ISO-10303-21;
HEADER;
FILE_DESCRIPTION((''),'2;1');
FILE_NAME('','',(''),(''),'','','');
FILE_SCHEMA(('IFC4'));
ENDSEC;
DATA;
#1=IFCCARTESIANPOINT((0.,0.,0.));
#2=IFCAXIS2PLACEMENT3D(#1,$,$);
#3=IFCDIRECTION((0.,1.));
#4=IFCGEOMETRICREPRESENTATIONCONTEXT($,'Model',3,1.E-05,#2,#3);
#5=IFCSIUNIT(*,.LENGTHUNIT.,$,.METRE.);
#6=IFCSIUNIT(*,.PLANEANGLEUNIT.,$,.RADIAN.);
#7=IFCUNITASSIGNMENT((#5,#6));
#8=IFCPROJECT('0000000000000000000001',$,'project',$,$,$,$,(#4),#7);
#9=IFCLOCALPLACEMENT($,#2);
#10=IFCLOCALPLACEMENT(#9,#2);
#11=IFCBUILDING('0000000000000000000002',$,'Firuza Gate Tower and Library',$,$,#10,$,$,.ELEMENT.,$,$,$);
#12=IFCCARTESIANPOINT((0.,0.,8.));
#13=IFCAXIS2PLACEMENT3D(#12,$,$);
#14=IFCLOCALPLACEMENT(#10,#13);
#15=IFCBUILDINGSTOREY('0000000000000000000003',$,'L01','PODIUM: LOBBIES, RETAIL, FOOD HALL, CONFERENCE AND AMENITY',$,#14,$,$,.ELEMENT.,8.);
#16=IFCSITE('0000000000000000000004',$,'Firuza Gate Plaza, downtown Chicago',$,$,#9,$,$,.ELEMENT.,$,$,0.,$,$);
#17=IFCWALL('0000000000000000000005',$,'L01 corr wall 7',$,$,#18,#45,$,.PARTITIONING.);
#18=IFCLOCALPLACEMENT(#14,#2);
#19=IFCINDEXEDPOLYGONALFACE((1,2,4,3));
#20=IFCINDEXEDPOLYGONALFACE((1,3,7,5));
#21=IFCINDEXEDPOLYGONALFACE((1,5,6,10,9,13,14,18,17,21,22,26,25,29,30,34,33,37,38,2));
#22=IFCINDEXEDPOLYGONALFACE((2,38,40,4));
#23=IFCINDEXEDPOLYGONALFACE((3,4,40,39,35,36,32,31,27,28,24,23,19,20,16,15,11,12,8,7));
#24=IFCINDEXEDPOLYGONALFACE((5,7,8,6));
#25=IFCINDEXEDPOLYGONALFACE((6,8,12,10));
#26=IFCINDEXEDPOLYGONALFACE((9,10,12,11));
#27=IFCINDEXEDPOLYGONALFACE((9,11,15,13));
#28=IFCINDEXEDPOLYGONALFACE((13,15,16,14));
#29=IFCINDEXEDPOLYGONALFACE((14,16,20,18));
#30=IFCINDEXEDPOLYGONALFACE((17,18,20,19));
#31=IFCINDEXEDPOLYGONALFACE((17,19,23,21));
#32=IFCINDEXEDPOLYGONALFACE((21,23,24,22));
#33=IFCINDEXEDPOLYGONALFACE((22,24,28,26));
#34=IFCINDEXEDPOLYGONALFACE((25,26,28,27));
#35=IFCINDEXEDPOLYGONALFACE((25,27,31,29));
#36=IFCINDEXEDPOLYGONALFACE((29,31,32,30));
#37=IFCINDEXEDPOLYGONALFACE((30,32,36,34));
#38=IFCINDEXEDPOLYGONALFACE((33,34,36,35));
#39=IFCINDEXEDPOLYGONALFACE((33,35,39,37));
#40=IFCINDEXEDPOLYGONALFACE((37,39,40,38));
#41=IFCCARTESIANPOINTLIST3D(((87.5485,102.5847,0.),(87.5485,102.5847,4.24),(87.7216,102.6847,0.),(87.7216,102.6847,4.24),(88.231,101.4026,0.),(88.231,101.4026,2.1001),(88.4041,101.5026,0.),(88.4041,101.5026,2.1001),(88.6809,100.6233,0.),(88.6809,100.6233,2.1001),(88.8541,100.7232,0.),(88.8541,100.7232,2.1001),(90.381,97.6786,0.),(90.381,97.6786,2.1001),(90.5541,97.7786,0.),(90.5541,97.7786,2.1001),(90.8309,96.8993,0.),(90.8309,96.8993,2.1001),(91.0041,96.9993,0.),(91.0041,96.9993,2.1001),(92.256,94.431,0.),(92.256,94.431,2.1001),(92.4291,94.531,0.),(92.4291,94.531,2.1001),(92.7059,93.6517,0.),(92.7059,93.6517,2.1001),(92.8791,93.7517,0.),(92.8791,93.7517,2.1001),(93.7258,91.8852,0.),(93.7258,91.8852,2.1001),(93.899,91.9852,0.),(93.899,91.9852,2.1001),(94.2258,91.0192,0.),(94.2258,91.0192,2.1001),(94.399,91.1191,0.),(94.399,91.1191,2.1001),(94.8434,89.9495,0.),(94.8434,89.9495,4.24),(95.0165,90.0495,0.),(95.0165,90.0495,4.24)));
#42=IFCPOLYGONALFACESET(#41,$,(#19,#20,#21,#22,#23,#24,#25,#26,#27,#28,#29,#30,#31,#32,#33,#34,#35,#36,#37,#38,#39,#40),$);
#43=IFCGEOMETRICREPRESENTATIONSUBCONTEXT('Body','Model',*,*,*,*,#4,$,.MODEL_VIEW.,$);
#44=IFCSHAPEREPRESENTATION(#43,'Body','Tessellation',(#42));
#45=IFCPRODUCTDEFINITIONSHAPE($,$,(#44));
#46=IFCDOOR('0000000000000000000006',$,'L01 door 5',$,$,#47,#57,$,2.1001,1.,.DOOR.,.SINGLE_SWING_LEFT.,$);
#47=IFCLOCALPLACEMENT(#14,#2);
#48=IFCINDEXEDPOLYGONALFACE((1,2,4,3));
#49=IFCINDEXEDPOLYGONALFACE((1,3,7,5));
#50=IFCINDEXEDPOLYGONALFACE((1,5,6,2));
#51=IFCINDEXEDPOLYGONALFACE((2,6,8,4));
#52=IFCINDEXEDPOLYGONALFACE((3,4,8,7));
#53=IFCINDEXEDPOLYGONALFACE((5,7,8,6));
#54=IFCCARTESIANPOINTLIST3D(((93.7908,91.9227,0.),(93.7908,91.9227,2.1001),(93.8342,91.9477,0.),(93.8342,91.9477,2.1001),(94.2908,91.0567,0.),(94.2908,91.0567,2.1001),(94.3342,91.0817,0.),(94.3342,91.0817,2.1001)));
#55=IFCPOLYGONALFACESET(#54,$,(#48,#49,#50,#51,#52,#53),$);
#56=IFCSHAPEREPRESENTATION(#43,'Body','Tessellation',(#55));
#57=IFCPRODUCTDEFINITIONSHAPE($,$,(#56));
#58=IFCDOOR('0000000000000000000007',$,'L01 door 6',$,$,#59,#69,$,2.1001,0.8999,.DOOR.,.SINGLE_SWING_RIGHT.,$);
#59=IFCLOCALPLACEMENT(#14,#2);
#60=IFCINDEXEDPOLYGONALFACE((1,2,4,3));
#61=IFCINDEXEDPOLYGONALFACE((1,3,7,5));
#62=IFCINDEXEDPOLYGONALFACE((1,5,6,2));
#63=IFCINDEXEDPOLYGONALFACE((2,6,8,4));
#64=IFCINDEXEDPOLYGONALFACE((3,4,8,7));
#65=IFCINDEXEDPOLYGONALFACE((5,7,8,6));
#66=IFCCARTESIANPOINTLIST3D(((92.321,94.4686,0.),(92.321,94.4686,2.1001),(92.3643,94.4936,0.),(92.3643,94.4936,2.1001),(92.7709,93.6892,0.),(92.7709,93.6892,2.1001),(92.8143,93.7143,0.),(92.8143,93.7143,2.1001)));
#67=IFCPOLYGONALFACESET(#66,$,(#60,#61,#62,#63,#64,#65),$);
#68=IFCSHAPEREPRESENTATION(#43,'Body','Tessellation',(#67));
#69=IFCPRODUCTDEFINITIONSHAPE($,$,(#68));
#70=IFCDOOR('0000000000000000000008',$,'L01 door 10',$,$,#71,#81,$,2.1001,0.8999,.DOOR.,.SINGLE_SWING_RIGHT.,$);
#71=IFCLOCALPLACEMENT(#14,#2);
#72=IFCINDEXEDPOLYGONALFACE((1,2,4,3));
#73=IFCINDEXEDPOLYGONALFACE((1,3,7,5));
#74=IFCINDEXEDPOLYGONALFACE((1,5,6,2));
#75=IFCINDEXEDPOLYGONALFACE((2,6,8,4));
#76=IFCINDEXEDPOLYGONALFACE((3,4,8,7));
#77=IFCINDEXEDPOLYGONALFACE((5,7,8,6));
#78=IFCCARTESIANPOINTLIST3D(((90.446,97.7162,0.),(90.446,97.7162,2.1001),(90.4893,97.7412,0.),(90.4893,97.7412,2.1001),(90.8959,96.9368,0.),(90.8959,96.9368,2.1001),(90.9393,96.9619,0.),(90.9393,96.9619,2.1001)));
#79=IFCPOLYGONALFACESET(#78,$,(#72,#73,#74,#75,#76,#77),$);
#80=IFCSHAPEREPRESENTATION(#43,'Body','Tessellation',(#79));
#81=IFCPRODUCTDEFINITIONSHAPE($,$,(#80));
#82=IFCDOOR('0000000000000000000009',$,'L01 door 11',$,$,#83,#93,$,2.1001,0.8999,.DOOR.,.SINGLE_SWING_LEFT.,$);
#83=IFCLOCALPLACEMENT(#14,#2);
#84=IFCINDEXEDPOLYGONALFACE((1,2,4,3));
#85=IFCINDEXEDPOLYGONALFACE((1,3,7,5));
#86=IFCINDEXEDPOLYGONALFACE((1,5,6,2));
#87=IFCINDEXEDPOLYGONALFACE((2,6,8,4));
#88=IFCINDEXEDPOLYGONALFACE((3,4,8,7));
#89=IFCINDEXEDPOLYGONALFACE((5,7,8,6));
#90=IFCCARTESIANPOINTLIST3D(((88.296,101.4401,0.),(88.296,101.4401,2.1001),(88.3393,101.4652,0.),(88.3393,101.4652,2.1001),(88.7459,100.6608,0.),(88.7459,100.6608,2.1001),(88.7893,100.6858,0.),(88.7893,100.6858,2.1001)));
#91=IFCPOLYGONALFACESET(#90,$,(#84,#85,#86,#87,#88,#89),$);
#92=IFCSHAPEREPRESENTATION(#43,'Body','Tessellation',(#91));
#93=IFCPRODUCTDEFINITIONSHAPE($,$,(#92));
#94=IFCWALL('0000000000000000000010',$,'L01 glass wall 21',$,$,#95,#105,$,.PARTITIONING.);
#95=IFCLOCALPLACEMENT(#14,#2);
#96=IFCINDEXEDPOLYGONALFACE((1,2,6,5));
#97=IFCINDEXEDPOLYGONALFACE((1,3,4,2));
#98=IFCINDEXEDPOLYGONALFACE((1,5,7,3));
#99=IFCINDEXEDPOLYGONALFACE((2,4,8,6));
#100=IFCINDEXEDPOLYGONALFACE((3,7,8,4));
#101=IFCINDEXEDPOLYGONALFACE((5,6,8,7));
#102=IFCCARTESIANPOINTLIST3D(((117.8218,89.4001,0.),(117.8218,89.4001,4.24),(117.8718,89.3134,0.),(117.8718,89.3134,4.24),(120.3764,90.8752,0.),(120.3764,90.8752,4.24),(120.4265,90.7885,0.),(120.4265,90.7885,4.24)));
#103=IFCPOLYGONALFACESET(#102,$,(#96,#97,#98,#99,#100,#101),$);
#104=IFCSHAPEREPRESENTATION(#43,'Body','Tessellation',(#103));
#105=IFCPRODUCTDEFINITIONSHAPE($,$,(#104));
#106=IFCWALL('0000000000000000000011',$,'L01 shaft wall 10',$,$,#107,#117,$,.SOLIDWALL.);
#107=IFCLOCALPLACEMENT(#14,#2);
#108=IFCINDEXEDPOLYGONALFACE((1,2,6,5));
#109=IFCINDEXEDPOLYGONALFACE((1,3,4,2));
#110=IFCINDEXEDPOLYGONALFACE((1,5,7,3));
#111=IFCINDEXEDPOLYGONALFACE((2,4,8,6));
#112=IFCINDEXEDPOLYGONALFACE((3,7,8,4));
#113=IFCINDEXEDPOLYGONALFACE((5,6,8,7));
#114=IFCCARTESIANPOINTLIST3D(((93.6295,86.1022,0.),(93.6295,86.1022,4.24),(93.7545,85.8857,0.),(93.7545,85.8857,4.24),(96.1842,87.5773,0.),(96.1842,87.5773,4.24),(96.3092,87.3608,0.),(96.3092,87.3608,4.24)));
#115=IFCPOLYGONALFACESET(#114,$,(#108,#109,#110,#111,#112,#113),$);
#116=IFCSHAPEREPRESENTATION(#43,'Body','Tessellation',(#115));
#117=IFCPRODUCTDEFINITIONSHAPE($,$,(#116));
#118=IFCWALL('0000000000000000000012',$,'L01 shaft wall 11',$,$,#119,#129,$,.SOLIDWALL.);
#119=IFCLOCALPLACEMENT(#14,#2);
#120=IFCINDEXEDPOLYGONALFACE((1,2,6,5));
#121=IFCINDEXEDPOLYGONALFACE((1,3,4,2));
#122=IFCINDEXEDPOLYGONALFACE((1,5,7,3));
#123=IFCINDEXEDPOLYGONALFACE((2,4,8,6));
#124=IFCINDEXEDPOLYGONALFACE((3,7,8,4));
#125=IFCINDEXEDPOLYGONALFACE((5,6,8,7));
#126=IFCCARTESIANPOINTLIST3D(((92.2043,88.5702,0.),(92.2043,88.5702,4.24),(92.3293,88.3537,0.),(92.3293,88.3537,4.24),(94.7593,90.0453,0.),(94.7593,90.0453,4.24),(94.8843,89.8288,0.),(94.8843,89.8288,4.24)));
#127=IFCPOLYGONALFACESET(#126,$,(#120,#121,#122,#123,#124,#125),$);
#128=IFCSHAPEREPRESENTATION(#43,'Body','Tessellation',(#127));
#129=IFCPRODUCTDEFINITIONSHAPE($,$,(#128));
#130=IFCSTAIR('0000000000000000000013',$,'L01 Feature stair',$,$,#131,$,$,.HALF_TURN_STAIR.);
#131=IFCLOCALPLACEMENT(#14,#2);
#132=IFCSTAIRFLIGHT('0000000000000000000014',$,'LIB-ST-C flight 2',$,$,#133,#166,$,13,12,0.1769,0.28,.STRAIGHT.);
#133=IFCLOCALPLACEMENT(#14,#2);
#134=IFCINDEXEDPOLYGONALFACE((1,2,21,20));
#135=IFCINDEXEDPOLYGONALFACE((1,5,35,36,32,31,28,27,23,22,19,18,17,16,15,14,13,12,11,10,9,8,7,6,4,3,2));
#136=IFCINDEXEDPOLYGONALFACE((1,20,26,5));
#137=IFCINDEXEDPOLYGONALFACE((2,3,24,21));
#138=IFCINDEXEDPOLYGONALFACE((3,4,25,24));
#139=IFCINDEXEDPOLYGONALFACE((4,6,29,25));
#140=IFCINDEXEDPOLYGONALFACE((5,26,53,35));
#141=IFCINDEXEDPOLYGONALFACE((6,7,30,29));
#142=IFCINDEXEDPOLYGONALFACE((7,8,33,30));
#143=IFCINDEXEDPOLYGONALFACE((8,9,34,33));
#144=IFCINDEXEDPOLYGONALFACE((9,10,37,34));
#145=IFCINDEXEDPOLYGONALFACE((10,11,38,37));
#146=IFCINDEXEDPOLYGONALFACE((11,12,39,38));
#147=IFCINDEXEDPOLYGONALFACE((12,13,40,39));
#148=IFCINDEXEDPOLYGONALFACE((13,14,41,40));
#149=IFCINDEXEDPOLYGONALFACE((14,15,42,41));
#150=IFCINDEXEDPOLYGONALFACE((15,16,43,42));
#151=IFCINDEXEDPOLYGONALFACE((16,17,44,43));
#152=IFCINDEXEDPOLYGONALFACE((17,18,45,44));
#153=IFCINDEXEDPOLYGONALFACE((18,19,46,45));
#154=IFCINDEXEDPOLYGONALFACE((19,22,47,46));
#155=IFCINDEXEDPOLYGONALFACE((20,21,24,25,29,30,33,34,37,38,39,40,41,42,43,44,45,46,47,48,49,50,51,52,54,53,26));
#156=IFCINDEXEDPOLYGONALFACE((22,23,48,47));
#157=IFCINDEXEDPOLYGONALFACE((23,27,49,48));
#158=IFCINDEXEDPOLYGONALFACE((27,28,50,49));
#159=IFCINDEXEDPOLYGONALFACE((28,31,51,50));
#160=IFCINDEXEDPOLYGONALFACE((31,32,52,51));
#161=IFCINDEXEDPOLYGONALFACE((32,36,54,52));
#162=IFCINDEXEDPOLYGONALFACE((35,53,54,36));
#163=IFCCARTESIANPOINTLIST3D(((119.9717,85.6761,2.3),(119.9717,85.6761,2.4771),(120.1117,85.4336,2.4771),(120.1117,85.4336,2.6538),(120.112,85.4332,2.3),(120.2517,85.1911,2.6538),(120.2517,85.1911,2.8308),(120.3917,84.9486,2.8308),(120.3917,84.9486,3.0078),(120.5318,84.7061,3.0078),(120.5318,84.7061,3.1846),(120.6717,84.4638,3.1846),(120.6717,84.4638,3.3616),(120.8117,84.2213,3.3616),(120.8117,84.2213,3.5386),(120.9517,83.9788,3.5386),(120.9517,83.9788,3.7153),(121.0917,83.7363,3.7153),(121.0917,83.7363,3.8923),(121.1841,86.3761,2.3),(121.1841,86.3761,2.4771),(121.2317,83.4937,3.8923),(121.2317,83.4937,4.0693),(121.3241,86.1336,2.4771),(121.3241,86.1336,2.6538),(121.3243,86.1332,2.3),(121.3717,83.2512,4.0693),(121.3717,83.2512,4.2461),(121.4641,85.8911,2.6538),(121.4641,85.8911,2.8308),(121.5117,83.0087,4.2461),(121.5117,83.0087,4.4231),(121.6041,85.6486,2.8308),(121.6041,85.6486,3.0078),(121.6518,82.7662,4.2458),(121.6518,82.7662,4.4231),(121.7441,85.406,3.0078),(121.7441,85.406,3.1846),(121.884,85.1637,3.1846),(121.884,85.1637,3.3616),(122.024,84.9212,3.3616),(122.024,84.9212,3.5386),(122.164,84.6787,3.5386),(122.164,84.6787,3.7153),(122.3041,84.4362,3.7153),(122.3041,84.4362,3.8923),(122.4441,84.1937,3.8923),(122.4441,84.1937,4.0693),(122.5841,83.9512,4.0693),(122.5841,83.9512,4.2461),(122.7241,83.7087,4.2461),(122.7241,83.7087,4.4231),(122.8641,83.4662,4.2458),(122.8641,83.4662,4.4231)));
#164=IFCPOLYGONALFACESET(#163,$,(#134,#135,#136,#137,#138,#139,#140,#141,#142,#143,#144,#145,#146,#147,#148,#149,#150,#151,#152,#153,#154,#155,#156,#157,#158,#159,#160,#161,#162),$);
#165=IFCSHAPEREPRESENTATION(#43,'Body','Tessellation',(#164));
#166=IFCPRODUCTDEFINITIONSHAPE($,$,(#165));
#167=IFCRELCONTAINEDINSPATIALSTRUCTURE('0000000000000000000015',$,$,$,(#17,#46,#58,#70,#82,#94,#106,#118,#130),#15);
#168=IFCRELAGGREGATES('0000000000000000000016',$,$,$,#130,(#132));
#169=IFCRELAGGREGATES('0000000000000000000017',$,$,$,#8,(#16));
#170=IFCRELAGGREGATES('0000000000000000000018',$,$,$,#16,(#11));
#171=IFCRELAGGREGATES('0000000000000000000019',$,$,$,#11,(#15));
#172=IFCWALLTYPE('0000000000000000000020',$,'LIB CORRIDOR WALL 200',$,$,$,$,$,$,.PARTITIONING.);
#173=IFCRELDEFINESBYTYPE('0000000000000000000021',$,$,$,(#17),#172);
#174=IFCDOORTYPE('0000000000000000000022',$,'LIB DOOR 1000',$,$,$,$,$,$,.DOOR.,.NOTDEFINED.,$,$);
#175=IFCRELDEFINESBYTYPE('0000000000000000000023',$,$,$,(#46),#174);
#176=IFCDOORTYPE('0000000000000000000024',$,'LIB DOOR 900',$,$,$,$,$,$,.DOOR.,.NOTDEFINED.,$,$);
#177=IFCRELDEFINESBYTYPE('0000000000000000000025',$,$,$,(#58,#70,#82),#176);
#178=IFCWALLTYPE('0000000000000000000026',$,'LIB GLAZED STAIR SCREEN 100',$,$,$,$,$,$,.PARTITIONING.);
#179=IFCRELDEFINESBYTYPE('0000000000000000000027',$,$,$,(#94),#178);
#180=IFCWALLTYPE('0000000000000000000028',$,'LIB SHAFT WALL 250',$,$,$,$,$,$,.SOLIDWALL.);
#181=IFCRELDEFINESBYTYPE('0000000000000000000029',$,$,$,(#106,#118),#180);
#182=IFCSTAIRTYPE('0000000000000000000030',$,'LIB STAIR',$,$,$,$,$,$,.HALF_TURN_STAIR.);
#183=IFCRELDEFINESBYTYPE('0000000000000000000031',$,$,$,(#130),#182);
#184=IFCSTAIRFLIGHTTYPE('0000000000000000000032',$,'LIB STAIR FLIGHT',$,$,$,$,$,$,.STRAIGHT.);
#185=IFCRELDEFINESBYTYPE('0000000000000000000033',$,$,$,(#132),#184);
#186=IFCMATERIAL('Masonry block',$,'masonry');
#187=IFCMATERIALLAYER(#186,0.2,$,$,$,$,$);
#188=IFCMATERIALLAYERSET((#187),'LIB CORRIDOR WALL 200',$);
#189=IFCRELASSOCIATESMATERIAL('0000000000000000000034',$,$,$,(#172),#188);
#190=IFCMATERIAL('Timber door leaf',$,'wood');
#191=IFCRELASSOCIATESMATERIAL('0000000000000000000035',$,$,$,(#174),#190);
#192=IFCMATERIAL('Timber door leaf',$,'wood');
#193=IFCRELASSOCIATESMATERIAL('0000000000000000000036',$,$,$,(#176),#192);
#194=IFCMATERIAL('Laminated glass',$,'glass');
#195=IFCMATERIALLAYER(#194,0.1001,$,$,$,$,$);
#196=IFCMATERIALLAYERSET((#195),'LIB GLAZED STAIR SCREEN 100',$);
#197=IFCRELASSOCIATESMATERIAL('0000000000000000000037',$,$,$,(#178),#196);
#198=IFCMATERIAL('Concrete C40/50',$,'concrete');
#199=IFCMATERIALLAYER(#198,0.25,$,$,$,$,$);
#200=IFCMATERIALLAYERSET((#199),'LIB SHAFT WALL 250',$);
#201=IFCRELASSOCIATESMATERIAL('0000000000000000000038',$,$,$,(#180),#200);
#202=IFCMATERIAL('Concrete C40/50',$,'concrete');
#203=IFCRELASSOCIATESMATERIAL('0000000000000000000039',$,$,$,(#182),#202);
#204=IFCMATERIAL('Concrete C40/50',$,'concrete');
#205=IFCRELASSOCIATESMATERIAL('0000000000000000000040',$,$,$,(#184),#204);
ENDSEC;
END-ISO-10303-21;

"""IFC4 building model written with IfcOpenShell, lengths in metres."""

from ifc_helpers import new_model, si_unit, direction, frame, frame_2d, origin, place, context, subcontext, project, spatial, polyline, rectangle, outline, extrude, material, layer, layer_set, type_object, element, fill, aggregate, save


model = new_model("IFC4")

# Units and contexts
model_context = context("Model", 3, precision=1e-05, world=origin(), true_north=direction((0.0, 1.0)))
body_context = subcontext(model_context, "Body", "Model", "MODEL_VIEW")
ifc_project = project(units=[si_unit("LENGTHUNIT", "METRE"), si_unit("PLANEANGLEUNIT", "RADIAN")], contexts=[model_context])

# Site, building, storey
site_placement = place(None, origin())
site = spatial("IfcSite", under=ifc_project, at=site_placement, Name="Firuza Gate Plaza, downtown Chicago", CompositionType="ELEMENT", RefElevation=0.0)
building_placement = place(site_placement, origin())
building = spatial("IfcBuilding", under=site, at=building_placement, Name="Firuza Gate Tower and Library", CompositionType="ELEMENT")
storey_placement = place(building_placement, frame((0.0, 0.0, 8.0)))
storey = spatial("IfcBuildingStorey", under=building, at=storey_placement, Name="L01", Description="PODIUM: LOBBIES, RETAIL, FOOD HALL, CONFERENCE AND AMENITY", CompositionType="ELEMENT", Elevation=8.0)

# Shared definitions
placement = place(storey_placement, origin())

# Wall, openings, doors
ifc_material_1 = material(Name="Masonry block", Category="masonry")
ifc_layer_1 = layer(ifc_material_1, 0.2)
ifc_layer_set_1 = layer_set([ifc_layer_1], Name="LIB CORRIDOR WALL 200")
wall_type_1 = type_object("IfcWallType", Name="LIB CORRIDOR WALL 200", PredefinedType="PARTITIONING", material=ifc_layer_set_1)
wall_1_placement = place(storey_placement, frame((94.9299, 89.9995, 0.0), z_axis=(0.0, 0.0, 1.0), x_axis=(-0.499998, 0.866027, 0.0)))
wall_1 = element("IfcWall", 1, at=wall_1_placement, inside=storey, type_object=wall_type_1, Name="L01 corr wall 7", PredefinedType="PARTITIONING", context=body_context, shape_type="SweptSolid", body=[
    extrude(rectangle(XDim=14.5898, YDim=0.2, at=frame_2d((7.2949, 0.0))), origin(), (0.0, 0.0, 1.0), 4.24),
])
opening_1_placement = place(wall_1_placement, frame((1.2351, 0.0, 0.0)))
opening_1 = element("IfcOpeningElement", 2, at=opening_1_placement, cuts=wall_1, PredefinedType="OPENING", context=body_context, shape_type="SweptSolid", body=[
    extrude(rectangle(XDim=1.0, YDim=2.1001, at=frame_2d((0.5, 1.05))), frame((0.0, 0.1099, 0.0), z_axis=(0.0, -1.0, 0.0), x_axis=(1.0, 0.0, 0.0)), (0.0, 0.0, 1.0), 0.22),
])
opening_2_placement = place(wall_1_placement, frame((4.2749, 0.0, 0.0)))
opening_2 = element("IfcOpeningElement", 3, at=opening_2_placement, cuts=wall_1, PredefinedType="OPENING", context=body_context, shape_type="SweptSolid", body=[
    extrude(rectangle(XDim=0.8999, YDim=2.1001, at=frame_2d((0.45, 1.05))), frame((0.0, 0.1099, 0.0), z_axis=(0.0, -1.0, 0.0), x_axis=(1.0, 0.0, 0.0)), (0.0, 0.0, 1.0), 0.22),
])
opening_3_placement = place(wall_1_placement, frame((8.0249, 0.0, 0.0)))
opening_3 = element("IfcOpeningElement", 4, at=opening_3_placement, cuts=wall_1, PredefinedType="OPENING", context=body_context, shape_type="SweptSolid", body=[
    extrude(rectangle(XDim=0.8999, YDim=2.1001, at=frame_2d((0.45, 1.05))), frame((0.0, 0.1099, 0.0), z_axis=(0.0, -1.0, 0.0), x_axis=(1.0, 0.0, 0.0)), (0.0, 0.0, 1.0), 0.22),
])
opening_4_placement = place(wall_1_placement, frame((12.325, 0.0, 0.0)))
opening_4 = element("IfcOpeningElement", 5, at=opening_4_placement, cuts=wall_1, PredefinedType="OPENING", context=body_context, shape_type="SweptSolid", body=[
    extrude(rectangle(XDim=0.8999, YDim=2.1001, at=frame_2d((0.45, 1.05))), frame((0.0, 0.1099, 0.0), z_axis=(0.0, -1.0, 0.0), x_axis=(1.0, 0.0, 0.0)), (0.0, 0.0, 1.0), 0.22),
])
ifc_material_2 = material(Name="Timber door leaf", Category="wood")
door_type_1 = type_object("IfcDoorType", Name="LIB DOOR 1000", OperationType="NOTDEFINED", PredefinedType="DOOR", material=ifc_material_2)
door_1_placement = place(opening_1_placement, origin())
door_1 = element("IfcDoor", 6, at=door_1_placement, inside=storey, type_object=door_type_1, Name="L01 door 5", OperationType="SINGLE_SWING_LEFT", OverallHeight=2.1001, OverallWidth=1.0, PredefinedType="DOOR", context=body_context, shape_type="SweptSolid", body=[
    extrude(rectangle(XDim=1.0, YDim=2.1001, at=frame_2d((0.5, 1.05))), frame((0.0, 0.0249, 0.0), z_axis=(0.0, -1.0, 0.0), x_axis=(1.0, 0.0, 0.0)), (0.0, 0.0, 1.0), 0.05),
])
fill(opening_1, door_1)
ifc_material_3 = material(Name="Timber door leaf", Category="wood")
door_type_2 = type_object("IfcDoorType", Name="LIB DOOR 900", OperationType="NOTDEFINED", PredefinedType="DOOR", material=ifc_material_3)
door_2_placement = place(opening_2_placement, origin())
door_2 = element("IfcDoor", 7, at=door_2_placement, inside=storey, type_object=door_type_2, Name="L01 door 6", OperationType="SINGLE_SWING_RIGHT", OverallHeight=2.1001, OverallWidth=0.8999, PredefinedType="DOOR", context=body_context, shape_type="SweptSolid", body=[
    extrude(rectangle(XDim=0.8999, YDim=2.1001, at=frame_2d((0.45, 1.05))), frame((0.0, 0.0249, 0.0), z_axis=(0.0, -1.0, 0.0), x_axis=(1.0, 0.0, 0.0)), (0.0, 0.0, 1.0), 0.05),
])
fill(opening_2, door_2)
door_3_placement = place(opening_3_placement, origin())
door_3 = element("IfcDoor", 8, at=door_3_placement, inside=storey, type_object=door_type_2, Name="L01 door 10", OperationType="SINGLE_SWING_RIGHT", OverallHeight=2.1001, OverallWidth=0.8999, PredefinedType="DOOR", context=body_context, shape_type="SweptSolid", body=[
    extrude(rectangle(XDim=0.8999, YDim=2.1001, at=frame_2d((0.45, 1.05))), frame((0.0, 0.0249, 0.0), z_axis=(0.0, -1.0, 0.0), x_axis=(1.0, 0.0, 0.0)), (0.0, 0.0, 1.0), 0.05),
])
fill(opening_3, door_3)
door_4_placement = place(opening_4_placement, origin())
door_4 = element("IfcDoor", 9, at=door_4_placement, inside=storey, type_object=door_type_2, Name="L01 door 11", OperationType="SINGLE_SWING_LEFT", OverallHeight=2.1001, OverallWidth=0.8999, PredefinedType="DOOR", context=body_context, shape_type="SweptSolid", body=[
    extrude(rectangle(XDim=0.8999, YDim=2.1001, at=frame_2d((0.45, 1.05))), frame((0.0, 0.0249, 0.0), z_axis=(0.0, -1.0, 0.0), x_axis=(1.0, 0.0, 0.0)), (0.0, 0.0, 1.0), 0.05),
])
fill(opening_4, door_4)

# Walls
ifc_material_4 = material(Name="Laminated glass", Category="glass")
ifc_layer_2 = layer(ifc_material_4, 0.1001)
ifc_layer_set_2 = layer_set([ifc_layer_2], Name="LIB GLAZED STAIR SCREEN 100")
wall_type_2 = type_object("IfcWallType", Name="LIB GLAZED STAIR SCREEN 100", PredefinedType="PARTITIONING", material=ifc_layer_set_2)
wall_2_placement = place(storey_placement, frame((117.8467, 89.3567, 0.0), z_axis=(0.0, 0.0, 1.0), x_axis=(0.866004, 0.500038, 0.0)))
element("IfcWall", 10, at=wall_2_placement, inside=storey, type_object=wall_type_2, Name="L01 glass wall 21", PredefinedType="PARTITIONING", context=body_context, shape_type="SweptSolid", body=[
    extrude(rectangle(XDim=2.95, YDim=0.1001, at=frame_2d((1.4751, 0.0))), origin(), (0.0, 0.0, 1.0), 4.24),
])
ifc_material_5 = material(Name="Concrete C40/50", Category="concrete")
ifc_layer_3 = layer(ifc_material_5, 0.25)
ifc_layer_set_3 = layer_set([ifc_layer_3], Name="LIB SHAFT WALL 250")
wall_type_3 = type_object("IfcWallType", Name="LIB SHAFT WALL 250", PredefinedType="SOLIDWALL", material=ifc_layer_set_3)
wall_3_placement = place(storey_placement, frame((93.6919, 85.9939, 0.0), z_axis=(0.0, 0.0, 1.0), x_axis=(0.866004, 0.500038, 0.0)))
element("IfcWall", 11, at=wall_3_placement, inside=storey, type_object=wall_type_3, Name="L01 shaft wall 10", PredefinedType="SOLIDWALL", context=body_context, shape_type="SweptSolid", body=[
    extrude(rectangle(XDim=2.95, YDim=0.25, at=frame_2d((1.4751, 0.0))), origin(), (0.0, 0.0, 1.0), 4.24),
])
wall_4_placement = place(storey_placement, frame((92.2668, 88.4619, 0.0), z_axis=(0.0, 0.0, 1.0), x_axis=(0.866024, 0.500002, 0.0)))
element("IfcWall", 12, at=wall_4_placement, inside=storey, type_object=wall_type_3, Name="L01 shaft wall 11", PredefinedType="SOLIDWALL", context=body_context, shape_type="SweptSolid", body=[
    extrude(rectangle(XDim=2.9502, YDim=0.25, at=frame_2d((1.4751, 0.0))), origin(), (0.0, 0.0, 1.0), 4.24),
])

# Stair, stair flight
ifc_material_6 = material(Name="Concrete C40/50", Category="concrete")
stair_type = type_object("IfcStairType", Name="LIB STAIR", PredefinedType="HALF_TURN_STAIR", material=ifc_material_6)
stair = element("IfcStair", 13, at=placement, inside=storey, type_object=stair_type, Name="L01 Feature stair", PredefinedType="HALF_TURN_STAIR")
ifc_material_7 = material(Name="Concrete C40/50", Category="concrete")
stair_flight_type = type_object("IfcStairFlightType", Name="LIB STAIR FLIGHT", PredefinedType="STRAIGHT", material=ifc_material_7)
stair_flight_placement = place(storey_placement, frame((120.5779, 86.0261, 2.3), z_axis=(0.0, 0.0, 1.0), x_axis=(0.5, -0.866025, 0.0)))
stair_flight = element("IfcStairFlight", 14, at=stair_flight_placement, type_object=stair_flight_type, Name="LIB-ST-C flight 2", NumberOfRisers=13, NumberOfTreads=12, PredefinedType="STRAIGHT", RiserHeight=0.1769, TreadLength=0.28, context=body_context, shape_type="SweptSolid", body=[
    extrude(outline(polyline([(0.0, 0.0), (0.0, 0.177), (0.28, 0.177), (0.28, 0.3538), (0.5601, 0.3538), (0.5601, 0.5308), (0.8401, 0.5308), (0.8401, 0.7078), (1.1201, 0.7078), (1.1201, 0.8845), (1.3999, 0.8845), (1.3999, 1.0615), (1.6799, 1.0615), (1.6799, 1.2385), (1.96, 1.2385), (1.96, 1.4153), (2.24, 1.4153), (2.24, 1.5923), (2.52, 1.5923), (2.52, 1.7693), (2.8, 1.7693), (2.8, 1.946), (3.0801, 1.946), (3.0801, 2.123), (3.3601, 2.123), (3.3601, 2.3), (3.3601, 1.9458), (0.2805, 0.0), (0.0, 0.0)])), frame((0.0, 0.7, 0.0), z_axis=(0.0, -1.0, 0.0), x_axis=(1.0, 0.0, 0.0)), (0.0, 0.0, 1.0), 1.3999),
])
aggregate(stair, [stair_flight])

save(model, "model.ifc")
